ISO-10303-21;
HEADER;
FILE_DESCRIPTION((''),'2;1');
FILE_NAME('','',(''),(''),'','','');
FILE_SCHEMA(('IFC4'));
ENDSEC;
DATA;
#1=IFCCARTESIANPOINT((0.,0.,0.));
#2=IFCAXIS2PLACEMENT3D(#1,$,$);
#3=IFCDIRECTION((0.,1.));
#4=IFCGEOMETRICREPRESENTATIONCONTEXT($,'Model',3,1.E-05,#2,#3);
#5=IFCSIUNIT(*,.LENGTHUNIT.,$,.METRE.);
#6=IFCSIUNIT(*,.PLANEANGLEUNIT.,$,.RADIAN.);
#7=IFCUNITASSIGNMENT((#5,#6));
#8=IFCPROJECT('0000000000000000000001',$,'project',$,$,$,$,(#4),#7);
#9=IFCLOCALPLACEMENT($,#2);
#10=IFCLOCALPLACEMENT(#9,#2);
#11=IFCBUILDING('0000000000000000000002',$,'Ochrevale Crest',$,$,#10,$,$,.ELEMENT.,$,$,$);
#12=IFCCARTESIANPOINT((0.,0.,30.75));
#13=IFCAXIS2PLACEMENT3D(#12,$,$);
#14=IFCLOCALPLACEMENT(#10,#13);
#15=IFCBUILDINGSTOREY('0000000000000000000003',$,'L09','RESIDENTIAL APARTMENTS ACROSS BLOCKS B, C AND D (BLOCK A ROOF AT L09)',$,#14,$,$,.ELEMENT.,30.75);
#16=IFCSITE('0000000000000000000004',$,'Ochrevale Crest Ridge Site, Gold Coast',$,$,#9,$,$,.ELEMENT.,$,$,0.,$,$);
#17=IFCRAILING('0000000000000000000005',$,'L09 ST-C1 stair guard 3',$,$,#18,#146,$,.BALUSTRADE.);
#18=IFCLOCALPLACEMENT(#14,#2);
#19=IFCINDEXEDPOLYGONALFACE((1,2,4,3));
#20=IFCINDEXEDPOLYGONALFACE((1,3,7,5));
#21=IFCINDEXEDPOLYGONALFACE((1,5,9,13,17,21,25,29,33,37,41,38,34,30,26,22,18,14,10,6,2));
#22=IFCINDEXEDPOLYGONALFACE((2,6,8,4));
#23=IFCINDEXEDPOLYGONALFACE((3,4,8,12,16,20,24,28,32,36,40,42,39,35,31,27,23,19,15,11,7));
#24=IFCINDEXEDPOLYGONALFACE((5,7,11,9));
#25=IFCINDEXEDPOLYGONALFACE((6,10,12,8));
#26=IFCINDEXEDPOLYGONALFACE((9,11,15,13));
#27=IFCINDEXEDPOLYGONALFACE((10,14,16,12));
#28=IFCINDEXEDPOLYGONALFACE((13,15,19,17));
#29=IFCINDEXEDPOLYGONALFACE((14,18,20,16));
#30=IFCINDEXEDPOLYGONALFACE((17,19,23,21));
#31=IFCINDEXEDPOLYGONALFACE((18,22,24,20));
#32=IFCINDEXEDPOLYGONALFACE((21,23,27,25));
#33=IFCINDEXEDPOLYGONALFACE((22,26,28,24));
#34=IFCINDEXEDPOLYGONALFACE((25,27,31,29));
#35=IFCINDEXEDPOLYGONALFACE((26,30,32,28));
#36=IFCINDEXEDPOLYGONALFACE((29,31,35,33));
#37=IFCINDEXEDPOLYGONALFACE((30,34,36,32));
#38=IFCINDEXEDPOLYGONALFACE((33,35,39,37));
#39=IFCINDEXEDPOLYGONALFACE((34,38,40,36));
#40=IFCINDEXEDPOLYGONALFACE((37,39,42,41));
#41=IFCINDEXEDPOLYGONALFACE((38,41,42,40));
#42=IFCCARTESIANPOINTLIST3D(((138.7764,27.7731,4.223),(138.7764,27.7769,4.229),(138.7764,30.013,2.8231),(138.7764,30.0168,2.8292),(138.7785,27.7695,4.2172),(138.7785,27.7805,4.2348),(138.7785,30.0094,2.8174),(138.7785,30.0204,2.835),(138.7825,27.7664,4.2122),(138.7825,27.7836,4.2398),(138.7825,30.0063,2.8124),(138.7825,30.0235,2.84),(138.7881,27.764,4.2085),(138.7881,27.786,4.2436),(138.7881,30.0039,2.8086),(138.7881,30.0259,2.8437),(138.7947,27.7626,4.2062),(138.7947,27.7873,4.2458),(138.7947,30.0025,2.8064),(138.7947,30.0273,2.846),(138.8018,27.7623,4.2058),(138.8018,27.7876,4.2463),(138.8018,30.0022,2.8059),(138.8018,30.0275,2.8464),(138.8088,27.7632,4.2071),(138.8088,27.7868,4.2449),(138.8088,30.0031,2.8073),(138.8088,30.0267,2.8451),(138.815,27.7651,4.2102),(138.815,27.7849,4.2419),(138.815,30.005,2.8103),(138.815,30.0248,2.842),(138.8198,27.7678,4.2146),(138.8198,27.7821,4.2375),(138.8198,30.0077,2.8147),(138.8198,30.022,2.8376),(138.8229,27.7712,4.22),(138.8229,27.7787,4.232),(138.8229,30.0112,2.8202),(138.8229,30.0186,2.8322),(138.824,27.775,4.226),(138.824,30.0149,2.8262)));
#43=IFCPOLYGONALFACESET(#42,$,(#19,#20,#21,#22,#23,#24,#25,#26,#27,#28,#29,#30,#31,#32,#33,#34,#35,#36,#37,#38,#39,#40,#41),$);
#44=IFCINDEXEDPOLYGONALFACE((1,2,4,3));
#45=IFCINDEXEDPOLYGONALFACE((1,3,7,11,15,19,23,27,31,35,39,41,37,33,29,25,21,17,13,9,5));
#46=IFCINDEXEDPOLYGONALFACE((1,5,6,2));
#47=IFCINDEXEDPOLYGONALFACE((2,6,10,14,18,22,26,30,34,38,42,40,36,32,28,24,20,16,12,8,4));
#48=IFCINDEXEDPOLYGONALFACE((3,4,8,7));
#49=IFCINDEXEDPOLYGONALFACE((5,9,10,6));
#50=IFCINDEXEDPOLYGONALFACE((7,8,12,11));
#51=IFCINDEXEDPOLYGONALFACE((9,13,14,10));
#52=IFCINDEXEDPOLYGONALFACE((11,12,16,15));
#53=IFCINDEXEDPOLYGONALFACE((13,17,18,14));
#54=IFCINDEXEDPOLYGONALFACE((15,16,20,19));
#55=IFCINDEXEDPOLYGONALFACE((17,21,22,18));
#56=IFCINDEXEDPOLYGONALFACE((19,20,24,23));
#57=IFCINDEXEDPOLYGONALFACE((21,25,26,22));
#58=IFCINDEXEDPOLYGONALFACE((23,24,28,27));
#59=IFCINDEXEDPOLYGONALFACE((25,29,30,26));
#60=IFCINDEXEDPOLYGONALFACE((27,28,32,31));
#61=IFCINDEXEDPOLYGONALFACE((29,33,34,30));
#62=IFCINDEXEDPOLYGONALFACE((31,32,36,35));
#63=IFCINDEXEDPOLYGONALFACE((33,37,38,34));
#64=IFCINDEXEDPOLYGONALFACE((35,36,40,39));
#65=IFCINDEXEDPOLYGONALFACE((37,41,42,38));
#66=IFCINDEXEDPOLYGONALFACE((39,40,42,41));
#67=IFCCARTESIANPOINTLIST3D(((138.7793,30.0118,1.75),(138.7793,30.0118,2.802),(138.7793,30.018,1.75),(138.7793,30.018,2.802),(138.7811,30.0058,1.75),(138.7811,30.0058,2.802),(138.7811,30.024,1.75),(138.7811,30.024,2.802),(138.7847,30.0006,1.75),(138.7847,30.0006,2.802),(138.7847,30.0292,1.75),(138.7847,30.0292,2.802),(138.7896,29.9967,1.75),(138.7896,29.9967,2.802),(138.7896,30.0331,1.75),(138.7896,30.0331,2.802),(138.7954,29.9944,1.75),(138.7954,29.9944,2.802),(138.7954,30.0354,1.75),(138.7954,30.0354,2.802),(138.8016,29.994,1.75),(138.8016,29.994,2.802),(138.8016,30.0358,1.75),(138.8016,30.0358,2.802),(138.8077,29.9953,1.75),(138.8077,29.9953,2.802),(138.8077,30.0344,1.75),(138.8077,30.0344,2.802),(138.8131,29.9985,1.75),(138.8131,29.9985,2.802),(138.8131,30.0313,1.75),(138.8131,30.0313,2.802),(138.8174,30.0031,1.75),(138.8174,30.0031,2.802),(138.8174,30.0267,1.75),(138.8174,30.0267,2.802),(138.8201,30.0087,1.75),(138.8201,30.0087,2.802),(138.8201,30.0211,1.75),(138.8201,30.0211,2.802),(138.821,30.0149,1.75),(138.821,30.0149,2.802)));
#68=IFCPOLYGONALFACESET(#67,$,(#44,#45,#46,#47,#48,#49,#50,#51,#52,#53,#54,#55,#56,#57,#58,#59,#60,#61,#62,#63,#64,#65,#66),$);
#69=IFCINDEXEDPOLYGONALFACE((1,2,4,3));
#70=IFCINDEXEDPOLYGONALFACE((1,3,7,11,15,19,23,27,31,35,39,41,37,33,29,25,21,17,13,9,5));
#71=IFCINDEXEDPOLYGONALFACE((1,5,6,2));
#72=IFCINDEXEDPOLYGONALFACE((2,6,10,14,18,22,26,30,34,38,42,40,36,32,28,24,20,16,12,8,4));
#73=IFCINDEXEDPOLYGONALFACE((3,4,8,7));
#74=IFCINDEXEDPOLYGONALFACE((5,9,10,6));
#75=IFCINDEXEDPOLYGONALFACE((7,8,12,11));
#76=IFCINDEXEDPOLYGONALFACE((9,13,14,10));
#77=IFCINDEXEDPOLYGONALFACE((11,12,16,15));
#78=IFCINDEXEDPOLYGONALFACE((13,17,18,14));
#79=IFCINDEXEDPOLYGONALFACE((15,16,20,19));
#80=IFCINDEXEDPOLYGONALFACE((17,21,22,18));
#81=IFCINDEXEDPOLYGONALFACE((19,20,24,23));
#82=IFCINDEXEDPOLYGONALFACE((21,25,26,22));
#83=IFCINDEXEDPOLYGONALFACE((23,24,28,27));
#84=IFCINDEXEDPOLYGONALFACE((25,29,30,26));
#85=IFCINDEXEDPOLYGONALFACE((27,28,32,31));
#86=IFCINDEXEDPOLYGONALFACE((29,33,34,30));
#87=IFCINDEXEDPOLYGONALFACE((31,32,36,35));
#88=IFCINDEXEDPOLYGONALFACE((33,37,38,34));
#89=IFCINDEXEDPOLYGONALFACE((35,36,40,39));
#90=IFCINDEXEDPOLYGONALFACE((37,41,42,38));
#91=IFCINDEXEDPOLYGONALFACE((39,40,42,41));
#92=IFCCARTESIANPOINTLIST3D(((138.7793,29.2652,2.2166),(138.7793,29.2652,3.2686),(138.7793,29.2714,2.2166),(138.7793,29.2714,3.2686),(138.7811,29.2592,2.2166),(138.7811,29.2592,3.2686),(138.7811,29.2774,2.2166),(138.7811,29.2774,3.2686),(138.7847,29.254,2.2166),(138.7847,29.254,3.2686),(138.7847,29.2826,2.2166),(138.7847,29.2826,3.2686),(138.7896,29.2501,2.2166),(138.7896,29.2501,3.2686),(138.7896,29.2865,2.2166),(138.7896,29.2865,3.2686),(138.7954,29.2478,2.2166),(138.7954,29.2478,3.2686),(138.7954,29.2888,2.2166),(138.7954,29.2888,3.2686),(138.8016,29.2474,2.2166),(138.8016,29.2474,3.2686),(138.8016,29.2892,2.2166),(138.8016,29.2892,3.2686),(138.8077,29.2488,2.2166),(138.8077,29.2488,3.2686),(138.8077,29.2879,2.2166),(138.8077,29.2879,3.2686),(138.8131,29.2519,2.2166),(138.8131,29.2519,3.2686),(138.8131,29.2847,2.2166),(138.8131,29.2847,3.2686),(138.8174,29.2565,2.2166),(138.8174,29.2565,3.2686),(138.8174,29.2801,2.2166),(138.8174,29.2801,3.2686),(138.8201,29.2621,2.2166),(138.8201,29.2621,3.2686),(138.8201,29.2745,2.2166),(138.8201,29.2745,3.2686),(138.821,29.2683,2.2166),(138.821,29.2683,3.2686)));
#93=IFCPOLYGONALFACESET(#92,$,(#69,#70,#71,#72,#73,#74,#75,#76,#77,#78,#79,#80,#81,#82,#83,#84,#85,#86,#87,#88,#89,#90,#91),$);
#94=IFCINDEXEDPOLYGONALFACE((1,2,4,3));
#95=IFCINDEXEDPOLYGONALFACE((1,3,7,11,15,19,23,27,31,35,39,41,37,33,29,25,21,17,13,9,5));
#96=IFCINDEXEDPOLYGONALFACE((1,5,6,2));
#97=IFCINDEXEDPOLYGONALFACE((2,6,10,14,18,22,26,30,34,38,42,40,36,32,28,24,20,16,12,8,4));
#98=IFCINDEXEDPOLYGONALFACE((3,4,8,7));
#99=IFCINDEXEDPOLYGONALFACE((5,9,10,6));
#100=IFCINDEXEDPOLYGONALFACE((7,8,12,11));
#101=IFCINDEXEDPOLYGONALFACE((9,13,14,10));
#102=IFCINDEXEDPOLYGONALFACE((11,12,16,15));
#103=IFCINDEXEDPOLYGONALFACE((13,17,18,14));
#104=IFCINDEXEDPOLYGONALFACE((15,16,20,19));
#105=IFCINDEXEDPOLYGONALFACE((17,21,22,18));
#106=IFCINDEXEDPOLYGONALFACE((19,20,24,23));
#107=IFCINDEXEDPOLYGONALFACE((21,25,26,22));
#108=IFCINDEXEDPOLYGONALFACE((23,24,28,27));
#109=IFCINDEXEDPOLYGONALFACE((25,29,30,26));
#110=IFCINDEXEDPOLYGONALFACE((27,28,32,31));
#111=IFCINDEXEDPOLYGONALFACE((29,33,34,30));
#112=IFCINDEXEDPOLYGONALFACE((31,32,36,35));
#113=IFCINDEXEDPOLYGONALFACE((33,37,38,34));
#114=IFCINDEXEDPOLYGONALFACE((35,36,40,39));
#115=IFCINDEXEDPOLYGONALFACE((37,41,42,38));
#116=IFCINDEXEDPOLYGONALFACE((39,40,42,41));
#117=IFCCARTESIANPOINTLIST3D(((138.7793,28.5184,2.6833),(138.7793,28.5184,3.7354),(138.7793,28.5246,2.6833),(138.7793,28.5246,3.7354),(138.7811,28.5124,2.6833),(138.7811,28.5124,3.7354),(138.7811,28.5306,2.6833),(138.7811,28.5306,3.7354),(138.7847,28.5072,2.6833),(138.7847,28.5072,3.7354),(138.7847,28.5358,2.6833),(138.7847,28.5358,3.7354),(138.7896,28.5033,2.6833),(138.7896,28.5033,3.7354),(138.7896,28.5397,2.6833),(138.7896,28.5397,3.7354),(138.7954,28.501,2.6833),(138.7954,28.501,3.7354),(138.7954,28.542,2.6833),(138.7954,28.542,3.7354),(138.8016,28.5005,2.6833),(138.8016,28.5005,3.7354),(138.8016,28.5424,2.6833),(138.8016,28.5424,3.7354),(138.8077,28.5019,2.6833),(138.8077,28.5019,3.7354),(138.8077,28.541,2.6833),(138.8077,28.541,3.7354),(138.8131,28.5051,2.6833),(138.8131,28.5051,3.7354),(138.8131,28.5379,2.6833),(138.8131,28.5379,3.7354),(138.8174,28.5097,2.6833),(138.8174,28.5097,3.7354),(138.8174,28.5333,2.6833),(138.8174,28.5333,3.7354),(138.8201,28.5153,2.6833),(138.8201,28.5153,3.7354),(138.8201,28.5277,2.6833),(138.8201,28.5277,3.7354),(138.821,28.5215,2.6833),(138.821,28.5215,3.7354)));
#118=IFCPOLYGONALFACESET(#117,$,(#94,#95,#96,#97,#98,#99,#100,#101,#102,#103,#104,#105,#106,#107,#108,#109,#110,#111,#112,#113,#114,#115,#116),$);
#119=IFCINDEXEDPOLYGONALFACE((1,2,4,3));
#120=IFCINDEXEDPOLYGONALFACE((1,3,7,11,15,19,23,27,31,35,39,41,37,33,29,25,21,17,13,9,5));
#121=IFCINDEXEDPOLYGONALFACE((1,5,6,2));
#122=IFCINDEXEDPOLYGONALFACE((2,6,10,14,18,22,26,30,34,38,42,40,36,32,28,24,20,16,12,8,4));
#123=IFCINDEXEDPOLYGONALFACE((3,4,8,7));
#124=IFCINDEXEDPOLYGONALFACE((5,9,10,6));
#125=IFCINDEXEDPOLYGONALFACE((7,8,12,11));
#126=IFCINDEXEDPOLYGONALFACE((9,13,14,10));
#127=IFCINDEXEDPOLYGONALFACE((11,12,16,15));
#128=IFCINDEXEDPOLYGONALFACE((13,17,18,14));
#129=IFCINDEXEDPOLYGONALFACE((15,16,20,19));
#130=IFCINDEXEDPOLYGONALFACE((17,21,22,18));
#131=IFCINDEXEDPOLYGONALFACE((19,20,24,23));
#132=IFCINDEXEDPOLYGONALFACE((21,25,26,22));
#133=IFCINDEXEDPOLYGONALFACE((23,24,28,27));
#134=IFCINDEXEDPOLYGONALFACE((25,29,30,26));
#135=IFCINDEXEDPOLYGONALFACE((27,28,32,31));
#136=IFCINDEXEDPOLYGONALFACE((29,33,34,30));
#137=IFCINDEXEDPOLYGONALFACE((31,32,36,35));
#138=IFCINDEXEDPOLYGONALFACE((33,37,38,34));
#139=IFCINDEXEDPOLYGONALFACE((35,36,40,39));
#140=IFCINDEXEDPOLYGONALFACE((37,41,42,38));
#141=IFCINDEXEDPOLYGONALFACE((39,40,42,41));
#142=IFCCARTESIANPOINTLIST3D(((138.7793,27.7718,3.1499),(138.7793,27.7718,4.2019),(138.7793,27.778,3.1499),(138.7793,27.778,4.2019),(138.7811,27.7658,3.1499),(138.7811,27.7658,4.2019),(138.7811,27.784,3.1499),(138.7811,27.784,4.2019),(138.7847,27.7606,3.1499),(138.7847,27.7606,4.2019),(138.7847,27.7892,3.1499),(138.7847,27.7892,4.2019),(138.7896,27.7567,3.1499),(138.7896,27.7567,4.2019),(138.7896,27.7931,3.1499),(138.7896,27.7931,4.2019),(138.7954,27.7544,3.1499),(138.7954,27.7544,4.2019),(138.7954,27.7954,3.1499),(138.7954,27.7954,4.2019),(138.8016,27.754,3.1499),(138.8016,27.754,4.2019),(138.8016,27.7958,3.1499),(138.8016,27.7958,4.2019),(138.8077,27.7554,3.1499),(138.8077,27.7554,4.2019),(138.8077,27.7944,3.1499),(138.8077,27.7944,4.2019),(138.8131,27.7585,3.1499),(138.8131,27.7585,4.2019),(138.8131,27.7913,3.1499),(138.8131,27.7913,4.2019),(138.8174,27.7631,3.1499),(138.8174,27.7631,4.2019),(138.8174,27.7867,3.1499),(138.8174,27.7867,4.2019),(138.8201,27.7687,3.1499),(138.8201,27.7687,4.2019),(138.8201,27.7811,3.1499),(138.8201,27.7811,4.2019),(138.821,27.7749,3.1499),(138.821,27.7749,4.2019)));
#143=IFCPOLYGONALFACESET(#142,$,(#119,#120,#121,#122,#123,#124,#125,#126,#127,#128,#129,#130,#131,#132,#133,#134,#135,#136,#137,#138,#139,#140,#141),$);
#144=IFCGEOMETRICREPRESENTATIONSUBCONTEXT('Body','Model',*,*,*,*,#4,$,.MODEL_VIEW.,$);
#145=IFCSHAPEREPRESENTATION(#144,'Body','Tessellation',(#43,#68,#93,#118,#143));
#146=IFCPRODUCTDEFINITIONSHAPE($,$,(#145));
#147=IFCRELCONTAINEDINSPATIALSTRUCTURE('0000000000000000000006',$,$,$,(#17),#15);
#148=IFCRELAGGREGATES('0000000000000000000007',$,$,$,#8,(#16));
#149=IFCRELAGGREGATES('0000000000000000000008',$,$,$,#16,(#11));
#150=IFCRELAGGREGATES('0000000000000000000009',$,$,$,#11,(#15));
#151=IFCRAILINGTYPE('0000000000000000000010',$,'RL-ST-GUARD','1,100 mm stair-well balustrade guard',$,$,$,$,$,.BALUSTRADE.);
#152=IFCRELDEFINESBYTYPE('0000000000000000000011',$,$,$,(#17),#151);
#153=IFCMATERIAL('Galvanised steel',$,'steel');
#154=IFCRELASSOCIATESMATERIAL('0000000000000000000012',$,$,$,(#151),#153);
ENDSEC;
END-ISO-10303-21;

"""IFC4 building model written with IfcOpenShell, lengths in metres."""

from ifc_helpers import new_model, si_unit, direction, frame, origin, origin_2d, place, context, subcontext, project, spatial, circle, extrude, material, type_object, element, save


model = new_model("IFC4")

# Units and contexts
model_context = context("Model", 3, precision=1e-05, world=origin(), true_north=direction((0.0, 1.0)))
body_context = subcontext(model_context, "Body", "Model", "MODEL_VIEW")
ifc_project = project(units=[si_unit("LENGTHUNIT", "METRE"), si_unit("PLANEANGLEUNIT", "RADIAN")], contexts=[model_context])

# Site, building, storey
site_placement = place(None, origin())
site = spatial("IfcSite", under=ifc_project, at=site_placement, Name="Ochrevale Crest Ridge Site, Gold Coast", CompositionType="ELEMENT", RefElevation=0.0)
building_placement = place(site_placement, origin())
building = spatial("IfcBuilding", under=site, at=building_placement, Name="Ochrevale Crest", CompositionType="ELEMENT")
storey_placement = place(building_placement, frame((0.0, 0.0, 30.75)))
storey = spatial("IfcBuildingStorey", under=building, at=storey_placement, Name="L09", Description="RESIDENTIAL APARTMENTS ACROSS BLOCKS B, C AND D (BLOCK A ROOF AT L09)", CompositionType="ELEMENT", Elevation=30.75)

# Railing
ifc_material_1 = material(Name="Galvanised steel", Category="steel")
railing_type_1 = type_object("IfcRailingType", Name="RL-ST-GUARD", Description="1,100 mm stair-well balustrade guard", PredefinedType="BALUSTRADE", material=ifc_material_1)
railing_1_placement = place(storey_placement, frame((138.8, 30.0149, 1.75)))
element("IfcRailing", 1, at=railing_1_placement, inside=storey, type_object=railing_type_1, Name="L09 ST-C1 stair guard 3", PredefinedType="BALUSTRADE", context=body_context, shape_type="SweptSolid", body=[
    extrude(circle(Radius=0.0239, at=origin_2d()), frame((0.0, 0.0, 1.0762), z_axis=(0.0, -0.848014, 0.529974), x_axis=(1.0, 0.0, 0.0)), (0.0, 0.0, 1.0), 2.6414),
    extrude(circle(Radius=0.021, at=origin_2d()), origin(), (0.0, 0.0, 1.0), 1.052),
    extrude(circle(Radius=0.021, at=origin_2d()), frame((0.0, -0.7466, 0.4666)), (0.0, 0.0, 1.0), 1.052),
    extrude(circle(Radius=0.021, at=origin_2d()), frame((0.0, -1.4934, 0.9333)), (0.0, 0.0, 1.0), 1.052),
    extrude(circle(Radius=0.021, at=origin_2d()), frame((0.0, -2.24, 1.3999)), (0.0, 0.0, 1.0), 1.052),
])

save(model, "model.ifc")
